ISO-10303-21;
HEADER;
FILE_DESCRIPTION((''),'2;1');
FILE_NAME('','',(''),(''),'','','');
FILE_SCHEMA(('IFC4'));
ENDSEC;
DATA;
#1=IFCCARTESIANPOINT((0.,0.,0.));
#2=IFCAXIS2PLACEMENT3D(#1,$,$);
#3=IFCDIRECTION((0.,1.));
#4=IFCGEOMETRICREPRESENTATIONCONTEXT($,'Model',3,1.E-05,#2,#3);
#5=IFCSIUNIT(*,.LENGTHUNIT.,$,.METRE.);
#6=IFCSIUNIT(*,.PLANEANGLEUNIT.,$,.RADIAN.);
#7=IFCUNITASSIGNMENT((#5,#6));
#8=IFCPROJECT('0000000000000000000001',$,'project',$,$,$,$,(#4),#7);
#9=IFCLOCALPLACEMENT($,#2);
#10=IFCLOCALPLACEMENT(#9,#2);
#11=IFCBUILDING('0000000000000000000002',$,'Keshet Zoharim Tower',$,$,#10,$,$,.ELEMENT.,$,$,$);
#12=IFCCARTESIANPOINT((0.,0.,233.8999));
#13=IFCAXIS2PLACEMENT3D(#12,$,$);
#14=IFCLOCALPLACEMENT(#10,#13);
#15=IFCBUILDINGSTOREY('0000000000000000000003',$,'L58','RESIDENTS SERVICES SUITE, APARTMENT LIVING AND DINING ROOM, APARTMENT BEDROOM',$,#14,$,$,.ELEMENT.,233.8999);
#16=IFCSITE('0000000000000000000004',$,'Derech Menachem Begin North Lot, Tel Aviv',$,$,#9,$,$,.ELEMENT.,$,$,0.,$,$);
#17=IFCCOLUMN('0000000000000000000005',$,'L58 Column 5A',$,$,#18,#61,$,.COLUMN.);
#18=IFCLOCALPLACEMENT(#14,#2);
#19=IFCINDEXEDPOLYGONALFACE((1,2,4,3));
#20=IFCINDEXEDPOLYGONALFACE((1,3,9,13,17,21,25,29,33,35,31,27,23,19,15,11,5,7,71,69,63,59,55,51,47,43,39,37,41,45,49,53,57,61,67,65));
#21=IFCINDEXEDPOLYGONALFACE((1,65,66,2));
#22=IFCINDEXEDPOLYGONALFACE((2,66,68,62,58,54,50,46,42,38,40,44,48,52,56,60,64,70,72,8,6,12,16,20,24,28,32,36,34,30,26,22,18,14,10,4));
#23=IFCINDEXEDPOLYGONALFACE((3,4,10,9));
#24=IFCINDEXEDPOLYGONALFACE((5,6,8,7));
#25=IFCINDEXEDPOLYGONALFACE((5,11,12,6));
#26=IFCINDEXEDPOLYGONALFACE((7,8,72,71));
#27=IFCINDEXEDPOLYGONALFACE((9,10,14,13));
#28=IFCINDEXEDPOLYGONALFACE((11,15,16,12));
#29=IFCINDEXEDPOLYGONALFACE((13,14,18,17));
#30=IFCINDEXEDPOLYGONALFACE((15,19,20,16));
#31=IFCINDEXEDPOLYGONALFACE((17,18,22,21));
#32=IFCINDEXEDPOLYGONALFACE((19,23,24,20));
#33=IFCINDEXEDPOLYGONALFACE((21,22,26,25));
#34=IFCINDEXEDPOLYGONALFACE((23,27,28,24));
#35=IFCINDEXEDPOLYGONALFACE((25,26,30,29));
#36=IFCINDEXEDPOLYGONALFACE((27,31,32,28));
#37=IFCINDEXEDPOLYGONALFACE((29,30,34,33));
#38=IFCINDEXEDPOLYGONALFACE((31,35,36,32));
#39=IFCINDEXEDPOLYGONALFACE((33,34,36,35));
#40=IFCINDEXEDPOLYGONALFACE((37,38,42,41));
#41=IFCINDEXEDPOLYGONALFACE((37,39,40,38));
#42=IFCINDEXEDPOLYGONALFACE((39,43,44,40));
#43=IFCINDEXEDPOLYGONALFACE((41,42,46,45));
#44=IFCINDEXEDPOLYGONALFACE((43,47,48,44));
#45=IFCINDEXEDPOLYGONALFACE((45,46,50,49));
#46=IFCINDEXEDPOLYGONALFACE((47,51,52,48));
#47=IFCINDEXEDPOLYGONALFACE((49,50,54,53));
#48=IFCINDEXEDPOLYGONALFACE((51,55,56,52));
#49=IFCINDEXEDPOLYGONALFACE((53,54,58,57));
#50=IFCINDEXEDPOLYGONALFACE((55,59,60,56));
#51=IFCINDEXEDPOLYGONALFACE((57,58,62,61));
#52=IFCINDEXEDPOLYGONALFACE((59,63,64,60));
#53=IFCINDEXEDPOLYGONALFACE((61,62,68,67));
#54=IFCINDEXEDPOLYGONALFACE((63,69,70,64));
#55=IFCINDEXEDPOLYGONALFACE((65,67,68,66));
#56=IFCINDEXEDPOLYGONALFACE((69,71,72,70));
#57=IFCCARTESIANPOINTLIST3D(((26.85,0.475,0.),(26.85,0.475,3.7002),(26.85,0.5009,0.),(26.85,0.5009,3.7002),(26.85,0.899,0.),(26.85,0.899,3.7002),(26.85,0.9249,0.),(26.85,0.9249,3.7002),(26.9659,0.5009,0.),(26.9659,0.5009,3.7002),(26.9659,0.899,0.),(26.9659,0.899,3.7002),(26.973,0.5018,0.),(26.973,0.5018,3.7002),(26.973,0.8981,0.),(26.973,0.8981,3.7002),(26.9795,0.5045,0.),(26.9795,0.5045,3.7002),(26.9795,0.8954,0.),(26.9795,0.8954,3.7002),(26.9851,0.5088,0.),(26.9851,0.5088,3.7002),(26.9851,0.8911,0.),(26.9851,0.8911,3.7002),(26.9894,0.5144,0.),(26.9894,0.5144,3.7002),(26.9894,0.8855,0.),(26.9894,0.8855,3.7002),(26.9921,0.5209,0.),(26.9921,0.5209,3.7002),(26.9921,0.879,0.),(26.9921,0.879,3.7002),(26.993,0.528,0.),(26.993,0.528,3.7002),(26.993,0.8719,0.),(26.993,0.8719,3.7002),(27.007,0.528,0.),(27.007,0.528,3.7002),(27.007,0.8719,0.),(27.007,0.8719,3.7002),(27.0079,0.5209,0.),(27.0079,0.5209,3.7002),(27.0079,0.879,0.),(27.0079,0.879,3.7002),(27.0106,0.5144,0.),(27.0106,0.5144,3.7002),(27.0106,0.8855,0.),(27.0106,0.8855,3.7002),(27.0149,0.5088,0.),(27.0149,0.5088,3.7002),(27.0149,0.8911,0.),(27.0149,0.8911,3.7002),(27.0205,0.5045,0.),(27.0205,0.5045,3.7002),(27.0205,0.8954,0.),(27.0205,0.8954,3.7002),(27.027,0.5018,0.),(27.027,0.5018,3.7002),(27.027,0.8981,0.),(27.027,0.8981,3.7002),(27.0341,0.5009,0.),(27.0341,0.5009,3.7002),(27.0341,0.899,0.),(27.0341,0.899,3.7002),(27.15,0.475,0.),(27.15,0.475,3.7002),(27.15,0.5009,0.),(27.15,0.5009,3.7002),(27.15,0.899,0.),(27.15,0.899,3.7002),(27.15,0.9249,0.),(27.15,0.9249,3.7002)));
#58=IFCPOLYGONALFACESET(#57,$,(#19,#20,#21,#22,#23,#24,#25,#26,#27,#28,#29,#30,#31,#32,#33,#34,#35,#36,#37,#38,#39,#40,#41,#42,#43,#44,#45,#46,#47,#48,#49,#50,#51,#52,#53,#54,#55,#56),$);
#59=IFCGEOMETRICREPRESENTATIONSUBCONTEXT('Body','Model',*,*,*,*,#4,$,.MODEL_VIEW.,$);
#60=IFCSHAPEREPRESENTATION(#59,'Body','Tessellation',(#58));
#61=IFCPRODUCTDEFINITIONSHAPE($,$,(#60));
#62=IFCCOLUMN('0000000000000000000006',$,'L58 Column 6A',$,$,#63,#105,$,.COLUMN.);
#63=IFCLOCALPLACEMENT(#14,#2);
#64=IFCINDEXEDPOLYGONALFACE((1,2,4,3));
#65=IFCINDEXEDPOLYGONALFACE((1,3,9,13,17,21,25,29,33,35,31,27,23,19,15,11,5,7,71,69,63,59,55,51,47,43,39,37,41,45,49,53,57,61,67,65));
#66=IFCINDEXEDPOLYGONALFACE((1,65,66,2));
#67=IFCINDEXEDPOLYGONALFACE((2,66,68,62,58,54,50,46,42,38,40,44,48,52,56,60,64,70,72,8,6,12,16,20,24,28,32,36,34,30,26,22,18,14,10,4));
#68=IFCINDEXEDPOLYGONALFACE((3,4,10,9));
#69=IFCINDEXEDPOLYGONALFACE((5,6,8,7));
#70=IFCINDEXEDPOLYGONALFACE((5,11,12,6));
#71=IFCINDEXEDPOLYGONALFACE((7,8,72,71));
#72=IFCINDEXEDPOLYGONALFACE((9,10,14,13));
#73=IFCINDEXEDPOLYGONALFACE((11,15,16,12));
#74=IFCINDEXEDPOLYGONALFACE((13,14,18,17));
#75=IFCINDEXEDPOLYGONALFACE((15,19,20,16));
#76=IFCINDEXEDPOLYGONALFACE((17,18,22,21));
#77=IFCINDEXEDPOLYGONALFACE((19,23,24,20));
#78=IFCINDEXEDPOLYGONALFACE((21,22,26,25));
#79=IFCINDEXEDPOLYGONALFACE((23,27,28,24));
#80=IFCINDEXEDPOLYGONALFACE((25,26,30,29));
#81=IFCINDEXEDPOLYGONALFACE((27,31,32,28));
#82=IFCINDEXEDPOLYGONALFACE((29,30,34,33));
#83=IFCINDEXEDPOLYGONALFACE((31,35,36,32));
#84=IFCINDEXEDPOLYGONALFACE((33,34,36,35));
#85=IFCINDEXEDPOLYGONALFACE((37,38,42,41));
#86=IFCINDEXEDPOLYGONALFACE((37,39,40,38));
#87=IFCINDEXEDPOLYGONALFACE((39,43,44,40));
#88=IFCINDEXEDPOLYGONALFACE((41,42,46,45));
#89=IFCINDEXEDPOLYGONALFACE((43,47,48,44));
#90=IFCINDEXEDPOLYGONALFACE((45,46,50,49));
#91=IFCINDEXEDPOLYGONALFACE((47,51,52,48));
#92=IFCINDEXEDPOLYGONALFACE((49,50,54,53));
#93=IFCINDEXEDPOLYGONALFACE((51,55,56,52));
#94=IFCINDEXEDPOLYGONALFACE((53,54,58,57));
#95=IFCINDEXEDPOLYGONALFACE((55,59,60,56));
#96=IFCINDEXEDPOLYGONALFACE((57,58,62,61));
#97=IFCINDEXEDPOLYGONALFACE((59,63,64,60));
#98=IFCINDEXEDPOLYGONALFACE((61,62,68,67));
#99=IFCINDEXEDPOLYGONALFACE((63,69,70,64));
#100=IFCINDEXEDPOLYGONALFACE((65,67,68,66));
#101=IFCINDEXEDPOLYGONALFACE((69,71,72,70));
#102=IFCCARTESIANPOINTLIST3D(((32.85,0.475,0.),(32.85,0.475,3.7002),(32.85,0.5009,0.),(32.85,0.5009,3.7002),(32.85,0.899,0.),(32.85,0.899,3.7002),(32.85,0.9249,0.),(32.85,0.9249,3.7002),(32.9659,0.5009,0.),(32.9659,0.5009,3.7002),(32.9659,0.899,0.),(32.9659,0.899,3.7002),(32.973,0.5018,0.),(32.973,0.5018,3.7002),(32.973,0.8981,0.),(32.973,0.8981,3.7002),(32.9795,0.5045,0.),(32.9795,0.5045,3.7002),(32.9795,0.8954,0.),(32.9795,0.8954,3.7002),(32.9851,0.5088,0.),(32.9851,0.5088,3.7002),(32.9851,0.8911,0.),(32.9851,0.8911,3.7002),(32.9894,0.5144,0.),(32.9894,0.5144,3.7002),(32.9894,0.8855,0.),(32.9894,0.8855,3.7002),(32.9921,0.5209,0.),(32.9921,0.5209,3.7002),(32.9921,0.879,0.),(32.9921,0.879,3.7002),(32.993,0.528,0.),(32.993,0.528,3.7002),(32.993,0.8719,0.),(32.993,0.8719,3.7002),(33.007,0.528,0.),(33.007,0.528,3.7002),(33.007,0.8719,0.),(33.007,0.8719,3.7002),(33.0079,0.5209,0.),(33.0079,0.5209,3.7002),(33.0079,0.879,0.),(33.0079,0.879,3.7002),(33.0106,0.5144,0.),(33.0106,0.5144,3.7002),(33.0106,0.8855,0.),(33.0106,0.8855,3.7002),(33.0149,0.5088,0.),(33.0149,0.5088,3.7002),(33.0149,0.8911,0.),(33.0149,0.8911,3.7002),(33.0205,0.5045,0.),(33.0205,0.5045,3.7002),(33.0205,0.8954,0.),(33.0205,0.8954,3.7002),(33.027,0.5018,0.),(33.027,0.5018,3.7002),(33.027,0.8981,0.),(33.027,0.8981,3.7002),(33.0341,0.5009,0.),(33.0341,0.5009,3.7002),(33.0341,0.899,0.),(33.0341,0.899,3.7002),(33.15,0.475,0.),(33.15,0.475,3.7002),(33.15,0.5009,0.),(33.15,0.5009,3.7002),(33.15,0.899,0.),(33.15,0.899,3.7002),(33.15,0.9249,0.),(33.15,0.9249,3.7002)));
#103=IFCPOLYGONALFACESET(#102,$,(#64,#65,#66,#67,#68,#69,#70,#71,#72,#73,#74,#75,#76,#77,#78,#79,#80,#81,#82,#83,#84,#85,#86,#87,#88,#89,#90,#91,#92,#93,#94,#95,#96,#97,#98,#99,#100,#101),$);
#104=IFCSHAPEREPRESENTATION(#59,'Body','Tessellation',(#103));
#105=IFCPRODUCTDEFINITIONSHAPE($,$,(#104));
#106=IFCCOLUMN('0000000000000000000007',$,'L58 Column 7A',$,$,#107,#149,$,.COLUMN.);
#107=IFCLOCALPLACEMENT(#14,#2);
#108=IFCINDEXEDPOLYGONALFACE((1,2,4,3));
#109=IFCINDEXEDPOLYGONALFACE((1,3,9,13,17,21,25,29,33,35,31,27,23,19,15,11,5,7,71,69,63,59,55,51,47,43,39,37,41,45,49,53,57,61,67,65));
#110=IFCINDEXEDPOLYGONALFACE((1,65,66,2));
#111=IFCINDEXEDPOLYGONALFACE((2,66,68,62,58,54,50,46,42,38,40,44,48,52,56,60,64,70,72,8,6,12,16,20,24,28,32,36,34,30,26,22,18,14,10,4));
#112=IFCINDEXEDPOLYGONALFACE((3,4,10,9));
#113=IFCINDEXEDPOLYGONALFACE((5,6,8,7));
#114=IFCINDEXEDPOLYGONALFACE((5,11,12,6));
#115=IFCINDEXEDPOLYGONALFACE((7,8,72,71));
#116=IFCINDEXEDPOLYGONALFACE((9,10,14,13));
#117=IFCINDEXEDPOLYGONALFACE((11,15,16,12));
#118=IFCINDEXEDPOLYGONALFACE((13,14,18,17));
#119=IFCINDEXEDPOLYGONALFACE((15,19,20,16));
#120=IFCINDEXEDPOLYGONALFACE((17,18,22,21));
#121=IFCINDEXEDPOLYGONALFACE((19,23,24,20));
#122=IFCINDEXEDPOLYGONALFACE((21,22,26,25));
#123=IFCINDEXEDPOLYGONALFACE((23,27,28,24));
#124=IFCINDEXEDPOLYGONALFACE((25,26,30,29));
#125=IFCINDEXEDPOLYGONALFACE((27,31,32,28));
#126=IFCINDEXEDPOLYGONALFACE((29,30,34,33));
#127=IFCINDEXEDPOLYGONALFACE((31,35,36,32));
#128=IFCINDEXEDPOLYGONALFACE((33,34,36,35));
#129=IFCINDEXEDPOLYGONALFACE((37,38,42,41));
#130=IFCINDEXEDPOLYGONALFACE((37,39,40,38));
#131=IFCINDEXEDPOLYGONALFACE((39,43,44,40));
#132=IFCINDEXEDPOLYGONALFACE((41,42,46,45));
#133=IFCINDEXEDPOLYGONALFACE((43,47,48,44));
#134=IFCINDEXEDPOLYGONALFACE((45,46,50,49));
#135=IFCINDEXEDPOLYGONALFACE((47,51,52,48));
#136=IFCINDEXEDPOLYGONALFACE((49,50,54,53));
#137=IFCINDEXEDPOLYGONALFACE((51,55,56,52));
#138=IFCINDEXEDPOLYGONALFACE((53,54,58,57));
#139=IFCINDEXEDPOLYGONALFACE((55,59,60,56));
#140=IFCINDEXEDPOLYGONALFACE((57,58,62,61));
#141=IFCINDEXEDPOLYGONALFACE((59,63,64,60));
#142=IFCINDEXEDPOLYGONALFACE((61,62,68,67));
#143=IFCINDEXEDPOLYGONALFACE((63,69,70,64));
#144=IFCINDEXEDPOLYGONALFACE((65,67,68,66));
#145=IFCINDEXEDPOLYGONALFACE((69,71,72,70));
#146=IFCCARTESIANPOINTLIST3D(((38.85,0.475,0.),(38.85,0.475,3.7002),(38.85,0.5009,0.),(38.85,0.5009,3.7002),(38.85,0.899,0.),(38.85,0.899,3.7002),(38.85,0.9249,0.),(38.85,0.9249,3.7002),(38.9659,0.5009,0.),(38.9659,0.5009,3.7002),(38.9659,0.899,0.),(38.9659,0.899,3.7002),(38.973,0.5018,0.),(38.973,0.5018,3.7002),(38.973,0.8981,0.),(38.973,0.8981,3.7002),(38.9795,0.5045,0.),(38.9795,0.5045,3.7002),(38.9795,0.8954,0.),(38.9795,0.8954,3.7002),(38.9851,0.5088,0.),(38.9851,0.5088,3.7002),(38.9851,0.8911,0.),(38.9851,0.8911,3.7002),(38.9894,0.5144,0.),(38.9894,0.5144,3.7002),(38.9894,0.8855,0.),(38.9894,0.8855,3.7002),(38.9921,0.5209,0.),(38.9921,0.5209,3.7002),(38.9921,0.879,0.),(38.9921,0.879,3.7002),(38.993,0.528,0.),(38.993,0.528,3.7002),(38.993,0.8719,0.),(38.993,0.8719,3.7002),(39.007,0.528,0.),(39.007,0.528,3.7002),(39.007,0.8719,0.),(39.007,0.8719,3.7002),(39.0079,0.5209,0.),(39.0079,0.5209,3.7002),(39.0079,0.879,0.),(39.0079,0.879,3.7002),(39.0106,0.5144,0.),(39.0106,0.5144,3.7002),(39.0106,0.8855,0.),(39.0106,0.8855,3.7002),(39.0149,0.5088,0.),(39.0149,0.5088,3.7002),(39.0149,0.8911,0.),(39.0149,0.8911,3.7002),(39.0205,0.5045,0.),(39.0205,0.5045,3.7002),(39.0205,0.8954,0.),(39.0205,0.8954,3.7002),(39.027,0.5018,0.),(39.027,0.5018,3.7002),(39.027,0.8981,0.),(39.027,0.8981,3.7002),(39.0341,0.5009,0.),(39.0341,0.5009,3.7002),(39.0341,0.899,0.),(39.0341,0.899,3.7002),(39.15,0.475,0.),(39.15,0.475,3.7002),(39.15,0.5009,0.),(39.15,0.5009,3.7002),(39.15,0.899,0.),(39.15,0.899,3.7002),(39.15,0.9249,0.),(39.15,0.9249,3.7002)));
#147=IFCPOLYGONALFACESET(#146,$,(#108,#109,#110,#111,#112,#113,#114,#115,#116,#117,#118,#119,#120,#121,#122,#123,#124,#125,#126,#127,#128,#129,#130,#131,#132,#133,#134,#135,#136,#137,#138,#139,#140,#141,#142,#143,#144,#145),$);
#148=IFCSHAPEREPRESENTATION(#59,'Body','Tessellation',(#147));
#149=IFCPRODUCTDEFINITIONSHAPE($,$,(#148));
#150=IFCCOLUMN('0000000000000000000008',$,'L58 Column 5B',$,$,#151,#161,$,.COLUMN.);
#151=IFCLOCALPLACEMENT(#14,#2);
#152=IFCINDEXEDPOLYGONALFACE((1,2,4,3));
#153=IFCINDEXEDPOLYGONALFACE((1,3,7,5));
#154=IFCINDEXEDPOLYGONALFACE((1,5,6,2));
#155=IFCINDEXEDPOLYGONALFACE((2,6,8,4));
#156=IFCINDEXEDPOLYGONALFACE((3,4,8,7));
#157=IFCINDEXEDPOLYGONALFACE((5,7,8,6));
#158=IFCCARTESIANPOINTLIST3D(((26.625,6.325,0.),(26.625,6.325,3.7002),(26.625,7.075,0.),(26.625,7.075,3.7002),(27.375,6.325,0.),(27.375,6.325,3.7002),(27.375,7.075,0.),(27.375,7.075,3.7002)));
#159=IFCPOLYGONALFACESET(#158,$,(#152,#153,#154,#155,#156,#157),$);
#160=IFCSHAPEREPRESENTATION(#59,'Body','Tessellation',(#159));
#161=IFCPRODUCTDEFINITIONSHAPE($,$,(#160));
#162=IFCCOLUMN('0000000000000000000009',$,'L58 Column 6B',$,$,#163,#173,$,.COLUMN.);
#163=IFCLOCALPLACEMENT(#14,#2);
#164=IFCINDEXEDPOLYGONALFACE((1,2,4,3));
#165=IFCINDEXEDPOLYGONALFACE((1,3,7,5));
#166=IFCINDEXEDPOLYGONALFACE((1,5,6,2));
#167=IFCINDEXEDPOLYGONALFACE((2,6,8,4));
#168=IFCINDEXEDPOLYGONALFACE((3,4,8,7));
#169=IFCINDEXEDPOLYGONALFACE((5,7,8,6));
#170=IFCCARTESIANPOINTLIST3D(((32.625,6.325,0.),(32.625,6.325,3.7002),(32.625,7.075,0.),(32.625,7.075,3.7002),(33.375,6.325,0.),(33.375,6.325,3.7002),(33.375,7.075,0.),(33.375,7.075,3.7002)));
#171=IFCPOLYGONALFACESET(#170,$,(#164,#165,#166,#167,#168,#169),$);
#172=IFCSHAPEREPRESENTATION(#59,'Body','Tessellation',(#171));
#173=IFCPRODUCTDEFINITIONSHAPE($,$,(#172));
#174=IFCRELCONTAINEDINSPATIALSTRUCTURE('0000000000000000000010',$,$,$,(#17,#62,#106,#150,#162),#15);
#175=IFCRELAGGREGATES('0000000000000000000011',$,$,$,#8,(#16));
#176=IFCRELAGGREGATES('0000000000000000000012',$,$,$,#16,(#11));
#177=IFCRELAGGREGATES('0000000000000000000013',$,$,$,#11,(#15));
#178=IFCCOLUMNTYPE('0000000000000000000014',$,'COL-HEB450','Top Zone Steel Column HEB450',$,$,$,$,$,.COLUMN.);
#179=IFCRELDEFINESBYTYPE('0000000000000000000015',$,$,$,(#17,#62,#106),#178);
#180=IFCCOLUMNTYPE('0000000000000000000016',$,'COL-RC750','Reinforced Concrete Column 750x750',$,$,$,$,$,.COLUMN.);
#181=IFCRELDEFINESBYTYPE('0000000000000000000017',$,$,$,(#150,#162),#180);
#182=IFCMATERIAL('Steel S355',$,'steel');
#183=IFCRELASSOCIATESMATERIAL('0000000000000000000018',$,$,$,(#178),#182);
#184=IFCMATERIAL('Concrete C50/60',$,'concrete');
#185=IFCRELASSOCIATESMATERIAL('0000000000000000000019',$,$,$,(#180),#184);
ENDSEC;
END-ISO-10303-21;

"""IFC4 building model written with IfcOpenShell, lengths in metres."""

from ifc_helpers import new_model, si_unit, direction, frame, origin, origin_2d, place, context, subcontext, project, spatial, rectangle, i_section, extrude, material, material_profile, profile_set, type_object, element, save


model = new_model("IFC4")

# Units and contexts
model_context = context("Model", 3, precision=1e-05, world=origin(), true_north=direction((0.0, 1.0)))
body_context = subcontext(model_context, "Body", "Model", "MODEL_VIEW")
ifc_project = project(units=[si_unit("LENGTHUNIT", "METRE"), si_unit("PLANEANGLEUNIT", "RADIAN")], contexts=[model_context])

# Site, building, storey
site_placement = place(None, origin())
site = spatial("IfcSite", under=ifc_project, at=site_placement, Name="Derech Menachem Begin North Lot, Tel Aviv", CompositionType="ELEMENT", RefElevation=0.0)
building_placement = place(site_placement, origin())
building = spatial("IfcBuilding", under=site, at=building_placement, Name="Keshet Zoharim Tower", CompositionType="ELEMENT")
storey_placement = place(building_placement, frame((0.0, 0.0, 233.8999)))
storey = spatial("IfcBuildingStorey", under=building, at=storey_placement, Name="L58", Description="RESIDENTS SERVICES SUITE, APARTMENT LIVING AND DINING ROOM, APARTMENT BEDROOM", CompositionType="ELEMENT", Elevation=233.8999)

# Columns
ifc_material_1 = material(Name="Steel S355", Category="steel")
ifc_material_profile_1 = material_profile(ifc_material_1, i_section(OverallWidth=0.3, OverallDepth=0.45, WebThickness=0.0139, FlangeThickness=0.0259, FilletRadius=0.0271, at=origin_2d()), Name="HEB450")
ifc_profile_set_1 = profile_set([ifc_material_profile_1], Name="Steel S355")
column_type_1 = type_object("IfcColumnType", Name="COL-HEB450", Description="Top Zone Steel Column HEB450", PredefinedType="COLUMN", material=ifc_profile_set_1)
for number, where, z_axis, x_axis, name in (
    (1, (27.0, 0.7, 0.0), (0.0, 0.0, 1.0), (1.0, 0.0, 0.0), "L58 Column 5A"),
    (2, (33.0, 0.7, 0.0), (0.0, 0.0, 1.0), (1.0, 0.0, 0.0), "L58 Column 6A"),
    (3, (39.0, 0.7, 0.0), (0.0, 0.0, 1.0), (1.0, 0.0, 0.0), "L58 Column 7A"),
):
    element("IfcColumn", number, at=place(storey_placement, frame(where, z_axis=z_axis, x_axis=x_axis)), inside=storey, type_object=column_type_1, Name=name, PredefinedType="COLUMN", context=body_context, shape_type="SweptSolid", body=[
        extrude(i_section(OverallWidth=0.3, OverallDepth=0.45, WebThickness=0.0139, FlangeThickness=0.0259, FilletRadius=0.0271, at=origin_2d()), origin(), (0.0, 0.0, 1.0), 3.7002),
    ])
ifc_material_2 = material(Name="Concrete C50/60", Category="concrete")
ifc_material_profile_2 = material_profile(ifc_material_2, rectangle(XDim=0.75, YDim=0.75, at=origin_2d()), Name="RC750x750")
ifc_profile_set_2 = profile_set([ifc_material_profile_2], Name="Concrete C50/60")
column_type_2 = type_object("IfcColumnType", Name="COL-RC750", Description="Reinforced Concrete Column 750x750", PredefinedType="COLUMN", material=ifc_profile_set_2)
for number, where, z_axis, x_axis, name in (
    (4, (27.0, 6.7, 0.0), (0.0, 0.0, 1.0), (1.0, 0.0, 0.0), "L58 Column 5B"),
    (5, (33.0, 6.7, 0.0), (0.0, 0.0, 1.0), (1.0, 0.0, 0.0), "L58 Column 6B"),
):
    element("IfcColumn", number, at=place(storey_placement, frame(where, z_axis=z_axis, x_axis=x_axis)), inside=storey, type_object=column_type_2, Name=name, PredefinedType="COLUMN", context=body_context, shape_type="SweptSolid", body=[
        extrude(rectangle(XDim=0.75, YDim=0.75, at=origin_2d()), origin(), (0.0, 0.0, 1.0), 3.7002),
    ])

save(model, "model.ifc")
